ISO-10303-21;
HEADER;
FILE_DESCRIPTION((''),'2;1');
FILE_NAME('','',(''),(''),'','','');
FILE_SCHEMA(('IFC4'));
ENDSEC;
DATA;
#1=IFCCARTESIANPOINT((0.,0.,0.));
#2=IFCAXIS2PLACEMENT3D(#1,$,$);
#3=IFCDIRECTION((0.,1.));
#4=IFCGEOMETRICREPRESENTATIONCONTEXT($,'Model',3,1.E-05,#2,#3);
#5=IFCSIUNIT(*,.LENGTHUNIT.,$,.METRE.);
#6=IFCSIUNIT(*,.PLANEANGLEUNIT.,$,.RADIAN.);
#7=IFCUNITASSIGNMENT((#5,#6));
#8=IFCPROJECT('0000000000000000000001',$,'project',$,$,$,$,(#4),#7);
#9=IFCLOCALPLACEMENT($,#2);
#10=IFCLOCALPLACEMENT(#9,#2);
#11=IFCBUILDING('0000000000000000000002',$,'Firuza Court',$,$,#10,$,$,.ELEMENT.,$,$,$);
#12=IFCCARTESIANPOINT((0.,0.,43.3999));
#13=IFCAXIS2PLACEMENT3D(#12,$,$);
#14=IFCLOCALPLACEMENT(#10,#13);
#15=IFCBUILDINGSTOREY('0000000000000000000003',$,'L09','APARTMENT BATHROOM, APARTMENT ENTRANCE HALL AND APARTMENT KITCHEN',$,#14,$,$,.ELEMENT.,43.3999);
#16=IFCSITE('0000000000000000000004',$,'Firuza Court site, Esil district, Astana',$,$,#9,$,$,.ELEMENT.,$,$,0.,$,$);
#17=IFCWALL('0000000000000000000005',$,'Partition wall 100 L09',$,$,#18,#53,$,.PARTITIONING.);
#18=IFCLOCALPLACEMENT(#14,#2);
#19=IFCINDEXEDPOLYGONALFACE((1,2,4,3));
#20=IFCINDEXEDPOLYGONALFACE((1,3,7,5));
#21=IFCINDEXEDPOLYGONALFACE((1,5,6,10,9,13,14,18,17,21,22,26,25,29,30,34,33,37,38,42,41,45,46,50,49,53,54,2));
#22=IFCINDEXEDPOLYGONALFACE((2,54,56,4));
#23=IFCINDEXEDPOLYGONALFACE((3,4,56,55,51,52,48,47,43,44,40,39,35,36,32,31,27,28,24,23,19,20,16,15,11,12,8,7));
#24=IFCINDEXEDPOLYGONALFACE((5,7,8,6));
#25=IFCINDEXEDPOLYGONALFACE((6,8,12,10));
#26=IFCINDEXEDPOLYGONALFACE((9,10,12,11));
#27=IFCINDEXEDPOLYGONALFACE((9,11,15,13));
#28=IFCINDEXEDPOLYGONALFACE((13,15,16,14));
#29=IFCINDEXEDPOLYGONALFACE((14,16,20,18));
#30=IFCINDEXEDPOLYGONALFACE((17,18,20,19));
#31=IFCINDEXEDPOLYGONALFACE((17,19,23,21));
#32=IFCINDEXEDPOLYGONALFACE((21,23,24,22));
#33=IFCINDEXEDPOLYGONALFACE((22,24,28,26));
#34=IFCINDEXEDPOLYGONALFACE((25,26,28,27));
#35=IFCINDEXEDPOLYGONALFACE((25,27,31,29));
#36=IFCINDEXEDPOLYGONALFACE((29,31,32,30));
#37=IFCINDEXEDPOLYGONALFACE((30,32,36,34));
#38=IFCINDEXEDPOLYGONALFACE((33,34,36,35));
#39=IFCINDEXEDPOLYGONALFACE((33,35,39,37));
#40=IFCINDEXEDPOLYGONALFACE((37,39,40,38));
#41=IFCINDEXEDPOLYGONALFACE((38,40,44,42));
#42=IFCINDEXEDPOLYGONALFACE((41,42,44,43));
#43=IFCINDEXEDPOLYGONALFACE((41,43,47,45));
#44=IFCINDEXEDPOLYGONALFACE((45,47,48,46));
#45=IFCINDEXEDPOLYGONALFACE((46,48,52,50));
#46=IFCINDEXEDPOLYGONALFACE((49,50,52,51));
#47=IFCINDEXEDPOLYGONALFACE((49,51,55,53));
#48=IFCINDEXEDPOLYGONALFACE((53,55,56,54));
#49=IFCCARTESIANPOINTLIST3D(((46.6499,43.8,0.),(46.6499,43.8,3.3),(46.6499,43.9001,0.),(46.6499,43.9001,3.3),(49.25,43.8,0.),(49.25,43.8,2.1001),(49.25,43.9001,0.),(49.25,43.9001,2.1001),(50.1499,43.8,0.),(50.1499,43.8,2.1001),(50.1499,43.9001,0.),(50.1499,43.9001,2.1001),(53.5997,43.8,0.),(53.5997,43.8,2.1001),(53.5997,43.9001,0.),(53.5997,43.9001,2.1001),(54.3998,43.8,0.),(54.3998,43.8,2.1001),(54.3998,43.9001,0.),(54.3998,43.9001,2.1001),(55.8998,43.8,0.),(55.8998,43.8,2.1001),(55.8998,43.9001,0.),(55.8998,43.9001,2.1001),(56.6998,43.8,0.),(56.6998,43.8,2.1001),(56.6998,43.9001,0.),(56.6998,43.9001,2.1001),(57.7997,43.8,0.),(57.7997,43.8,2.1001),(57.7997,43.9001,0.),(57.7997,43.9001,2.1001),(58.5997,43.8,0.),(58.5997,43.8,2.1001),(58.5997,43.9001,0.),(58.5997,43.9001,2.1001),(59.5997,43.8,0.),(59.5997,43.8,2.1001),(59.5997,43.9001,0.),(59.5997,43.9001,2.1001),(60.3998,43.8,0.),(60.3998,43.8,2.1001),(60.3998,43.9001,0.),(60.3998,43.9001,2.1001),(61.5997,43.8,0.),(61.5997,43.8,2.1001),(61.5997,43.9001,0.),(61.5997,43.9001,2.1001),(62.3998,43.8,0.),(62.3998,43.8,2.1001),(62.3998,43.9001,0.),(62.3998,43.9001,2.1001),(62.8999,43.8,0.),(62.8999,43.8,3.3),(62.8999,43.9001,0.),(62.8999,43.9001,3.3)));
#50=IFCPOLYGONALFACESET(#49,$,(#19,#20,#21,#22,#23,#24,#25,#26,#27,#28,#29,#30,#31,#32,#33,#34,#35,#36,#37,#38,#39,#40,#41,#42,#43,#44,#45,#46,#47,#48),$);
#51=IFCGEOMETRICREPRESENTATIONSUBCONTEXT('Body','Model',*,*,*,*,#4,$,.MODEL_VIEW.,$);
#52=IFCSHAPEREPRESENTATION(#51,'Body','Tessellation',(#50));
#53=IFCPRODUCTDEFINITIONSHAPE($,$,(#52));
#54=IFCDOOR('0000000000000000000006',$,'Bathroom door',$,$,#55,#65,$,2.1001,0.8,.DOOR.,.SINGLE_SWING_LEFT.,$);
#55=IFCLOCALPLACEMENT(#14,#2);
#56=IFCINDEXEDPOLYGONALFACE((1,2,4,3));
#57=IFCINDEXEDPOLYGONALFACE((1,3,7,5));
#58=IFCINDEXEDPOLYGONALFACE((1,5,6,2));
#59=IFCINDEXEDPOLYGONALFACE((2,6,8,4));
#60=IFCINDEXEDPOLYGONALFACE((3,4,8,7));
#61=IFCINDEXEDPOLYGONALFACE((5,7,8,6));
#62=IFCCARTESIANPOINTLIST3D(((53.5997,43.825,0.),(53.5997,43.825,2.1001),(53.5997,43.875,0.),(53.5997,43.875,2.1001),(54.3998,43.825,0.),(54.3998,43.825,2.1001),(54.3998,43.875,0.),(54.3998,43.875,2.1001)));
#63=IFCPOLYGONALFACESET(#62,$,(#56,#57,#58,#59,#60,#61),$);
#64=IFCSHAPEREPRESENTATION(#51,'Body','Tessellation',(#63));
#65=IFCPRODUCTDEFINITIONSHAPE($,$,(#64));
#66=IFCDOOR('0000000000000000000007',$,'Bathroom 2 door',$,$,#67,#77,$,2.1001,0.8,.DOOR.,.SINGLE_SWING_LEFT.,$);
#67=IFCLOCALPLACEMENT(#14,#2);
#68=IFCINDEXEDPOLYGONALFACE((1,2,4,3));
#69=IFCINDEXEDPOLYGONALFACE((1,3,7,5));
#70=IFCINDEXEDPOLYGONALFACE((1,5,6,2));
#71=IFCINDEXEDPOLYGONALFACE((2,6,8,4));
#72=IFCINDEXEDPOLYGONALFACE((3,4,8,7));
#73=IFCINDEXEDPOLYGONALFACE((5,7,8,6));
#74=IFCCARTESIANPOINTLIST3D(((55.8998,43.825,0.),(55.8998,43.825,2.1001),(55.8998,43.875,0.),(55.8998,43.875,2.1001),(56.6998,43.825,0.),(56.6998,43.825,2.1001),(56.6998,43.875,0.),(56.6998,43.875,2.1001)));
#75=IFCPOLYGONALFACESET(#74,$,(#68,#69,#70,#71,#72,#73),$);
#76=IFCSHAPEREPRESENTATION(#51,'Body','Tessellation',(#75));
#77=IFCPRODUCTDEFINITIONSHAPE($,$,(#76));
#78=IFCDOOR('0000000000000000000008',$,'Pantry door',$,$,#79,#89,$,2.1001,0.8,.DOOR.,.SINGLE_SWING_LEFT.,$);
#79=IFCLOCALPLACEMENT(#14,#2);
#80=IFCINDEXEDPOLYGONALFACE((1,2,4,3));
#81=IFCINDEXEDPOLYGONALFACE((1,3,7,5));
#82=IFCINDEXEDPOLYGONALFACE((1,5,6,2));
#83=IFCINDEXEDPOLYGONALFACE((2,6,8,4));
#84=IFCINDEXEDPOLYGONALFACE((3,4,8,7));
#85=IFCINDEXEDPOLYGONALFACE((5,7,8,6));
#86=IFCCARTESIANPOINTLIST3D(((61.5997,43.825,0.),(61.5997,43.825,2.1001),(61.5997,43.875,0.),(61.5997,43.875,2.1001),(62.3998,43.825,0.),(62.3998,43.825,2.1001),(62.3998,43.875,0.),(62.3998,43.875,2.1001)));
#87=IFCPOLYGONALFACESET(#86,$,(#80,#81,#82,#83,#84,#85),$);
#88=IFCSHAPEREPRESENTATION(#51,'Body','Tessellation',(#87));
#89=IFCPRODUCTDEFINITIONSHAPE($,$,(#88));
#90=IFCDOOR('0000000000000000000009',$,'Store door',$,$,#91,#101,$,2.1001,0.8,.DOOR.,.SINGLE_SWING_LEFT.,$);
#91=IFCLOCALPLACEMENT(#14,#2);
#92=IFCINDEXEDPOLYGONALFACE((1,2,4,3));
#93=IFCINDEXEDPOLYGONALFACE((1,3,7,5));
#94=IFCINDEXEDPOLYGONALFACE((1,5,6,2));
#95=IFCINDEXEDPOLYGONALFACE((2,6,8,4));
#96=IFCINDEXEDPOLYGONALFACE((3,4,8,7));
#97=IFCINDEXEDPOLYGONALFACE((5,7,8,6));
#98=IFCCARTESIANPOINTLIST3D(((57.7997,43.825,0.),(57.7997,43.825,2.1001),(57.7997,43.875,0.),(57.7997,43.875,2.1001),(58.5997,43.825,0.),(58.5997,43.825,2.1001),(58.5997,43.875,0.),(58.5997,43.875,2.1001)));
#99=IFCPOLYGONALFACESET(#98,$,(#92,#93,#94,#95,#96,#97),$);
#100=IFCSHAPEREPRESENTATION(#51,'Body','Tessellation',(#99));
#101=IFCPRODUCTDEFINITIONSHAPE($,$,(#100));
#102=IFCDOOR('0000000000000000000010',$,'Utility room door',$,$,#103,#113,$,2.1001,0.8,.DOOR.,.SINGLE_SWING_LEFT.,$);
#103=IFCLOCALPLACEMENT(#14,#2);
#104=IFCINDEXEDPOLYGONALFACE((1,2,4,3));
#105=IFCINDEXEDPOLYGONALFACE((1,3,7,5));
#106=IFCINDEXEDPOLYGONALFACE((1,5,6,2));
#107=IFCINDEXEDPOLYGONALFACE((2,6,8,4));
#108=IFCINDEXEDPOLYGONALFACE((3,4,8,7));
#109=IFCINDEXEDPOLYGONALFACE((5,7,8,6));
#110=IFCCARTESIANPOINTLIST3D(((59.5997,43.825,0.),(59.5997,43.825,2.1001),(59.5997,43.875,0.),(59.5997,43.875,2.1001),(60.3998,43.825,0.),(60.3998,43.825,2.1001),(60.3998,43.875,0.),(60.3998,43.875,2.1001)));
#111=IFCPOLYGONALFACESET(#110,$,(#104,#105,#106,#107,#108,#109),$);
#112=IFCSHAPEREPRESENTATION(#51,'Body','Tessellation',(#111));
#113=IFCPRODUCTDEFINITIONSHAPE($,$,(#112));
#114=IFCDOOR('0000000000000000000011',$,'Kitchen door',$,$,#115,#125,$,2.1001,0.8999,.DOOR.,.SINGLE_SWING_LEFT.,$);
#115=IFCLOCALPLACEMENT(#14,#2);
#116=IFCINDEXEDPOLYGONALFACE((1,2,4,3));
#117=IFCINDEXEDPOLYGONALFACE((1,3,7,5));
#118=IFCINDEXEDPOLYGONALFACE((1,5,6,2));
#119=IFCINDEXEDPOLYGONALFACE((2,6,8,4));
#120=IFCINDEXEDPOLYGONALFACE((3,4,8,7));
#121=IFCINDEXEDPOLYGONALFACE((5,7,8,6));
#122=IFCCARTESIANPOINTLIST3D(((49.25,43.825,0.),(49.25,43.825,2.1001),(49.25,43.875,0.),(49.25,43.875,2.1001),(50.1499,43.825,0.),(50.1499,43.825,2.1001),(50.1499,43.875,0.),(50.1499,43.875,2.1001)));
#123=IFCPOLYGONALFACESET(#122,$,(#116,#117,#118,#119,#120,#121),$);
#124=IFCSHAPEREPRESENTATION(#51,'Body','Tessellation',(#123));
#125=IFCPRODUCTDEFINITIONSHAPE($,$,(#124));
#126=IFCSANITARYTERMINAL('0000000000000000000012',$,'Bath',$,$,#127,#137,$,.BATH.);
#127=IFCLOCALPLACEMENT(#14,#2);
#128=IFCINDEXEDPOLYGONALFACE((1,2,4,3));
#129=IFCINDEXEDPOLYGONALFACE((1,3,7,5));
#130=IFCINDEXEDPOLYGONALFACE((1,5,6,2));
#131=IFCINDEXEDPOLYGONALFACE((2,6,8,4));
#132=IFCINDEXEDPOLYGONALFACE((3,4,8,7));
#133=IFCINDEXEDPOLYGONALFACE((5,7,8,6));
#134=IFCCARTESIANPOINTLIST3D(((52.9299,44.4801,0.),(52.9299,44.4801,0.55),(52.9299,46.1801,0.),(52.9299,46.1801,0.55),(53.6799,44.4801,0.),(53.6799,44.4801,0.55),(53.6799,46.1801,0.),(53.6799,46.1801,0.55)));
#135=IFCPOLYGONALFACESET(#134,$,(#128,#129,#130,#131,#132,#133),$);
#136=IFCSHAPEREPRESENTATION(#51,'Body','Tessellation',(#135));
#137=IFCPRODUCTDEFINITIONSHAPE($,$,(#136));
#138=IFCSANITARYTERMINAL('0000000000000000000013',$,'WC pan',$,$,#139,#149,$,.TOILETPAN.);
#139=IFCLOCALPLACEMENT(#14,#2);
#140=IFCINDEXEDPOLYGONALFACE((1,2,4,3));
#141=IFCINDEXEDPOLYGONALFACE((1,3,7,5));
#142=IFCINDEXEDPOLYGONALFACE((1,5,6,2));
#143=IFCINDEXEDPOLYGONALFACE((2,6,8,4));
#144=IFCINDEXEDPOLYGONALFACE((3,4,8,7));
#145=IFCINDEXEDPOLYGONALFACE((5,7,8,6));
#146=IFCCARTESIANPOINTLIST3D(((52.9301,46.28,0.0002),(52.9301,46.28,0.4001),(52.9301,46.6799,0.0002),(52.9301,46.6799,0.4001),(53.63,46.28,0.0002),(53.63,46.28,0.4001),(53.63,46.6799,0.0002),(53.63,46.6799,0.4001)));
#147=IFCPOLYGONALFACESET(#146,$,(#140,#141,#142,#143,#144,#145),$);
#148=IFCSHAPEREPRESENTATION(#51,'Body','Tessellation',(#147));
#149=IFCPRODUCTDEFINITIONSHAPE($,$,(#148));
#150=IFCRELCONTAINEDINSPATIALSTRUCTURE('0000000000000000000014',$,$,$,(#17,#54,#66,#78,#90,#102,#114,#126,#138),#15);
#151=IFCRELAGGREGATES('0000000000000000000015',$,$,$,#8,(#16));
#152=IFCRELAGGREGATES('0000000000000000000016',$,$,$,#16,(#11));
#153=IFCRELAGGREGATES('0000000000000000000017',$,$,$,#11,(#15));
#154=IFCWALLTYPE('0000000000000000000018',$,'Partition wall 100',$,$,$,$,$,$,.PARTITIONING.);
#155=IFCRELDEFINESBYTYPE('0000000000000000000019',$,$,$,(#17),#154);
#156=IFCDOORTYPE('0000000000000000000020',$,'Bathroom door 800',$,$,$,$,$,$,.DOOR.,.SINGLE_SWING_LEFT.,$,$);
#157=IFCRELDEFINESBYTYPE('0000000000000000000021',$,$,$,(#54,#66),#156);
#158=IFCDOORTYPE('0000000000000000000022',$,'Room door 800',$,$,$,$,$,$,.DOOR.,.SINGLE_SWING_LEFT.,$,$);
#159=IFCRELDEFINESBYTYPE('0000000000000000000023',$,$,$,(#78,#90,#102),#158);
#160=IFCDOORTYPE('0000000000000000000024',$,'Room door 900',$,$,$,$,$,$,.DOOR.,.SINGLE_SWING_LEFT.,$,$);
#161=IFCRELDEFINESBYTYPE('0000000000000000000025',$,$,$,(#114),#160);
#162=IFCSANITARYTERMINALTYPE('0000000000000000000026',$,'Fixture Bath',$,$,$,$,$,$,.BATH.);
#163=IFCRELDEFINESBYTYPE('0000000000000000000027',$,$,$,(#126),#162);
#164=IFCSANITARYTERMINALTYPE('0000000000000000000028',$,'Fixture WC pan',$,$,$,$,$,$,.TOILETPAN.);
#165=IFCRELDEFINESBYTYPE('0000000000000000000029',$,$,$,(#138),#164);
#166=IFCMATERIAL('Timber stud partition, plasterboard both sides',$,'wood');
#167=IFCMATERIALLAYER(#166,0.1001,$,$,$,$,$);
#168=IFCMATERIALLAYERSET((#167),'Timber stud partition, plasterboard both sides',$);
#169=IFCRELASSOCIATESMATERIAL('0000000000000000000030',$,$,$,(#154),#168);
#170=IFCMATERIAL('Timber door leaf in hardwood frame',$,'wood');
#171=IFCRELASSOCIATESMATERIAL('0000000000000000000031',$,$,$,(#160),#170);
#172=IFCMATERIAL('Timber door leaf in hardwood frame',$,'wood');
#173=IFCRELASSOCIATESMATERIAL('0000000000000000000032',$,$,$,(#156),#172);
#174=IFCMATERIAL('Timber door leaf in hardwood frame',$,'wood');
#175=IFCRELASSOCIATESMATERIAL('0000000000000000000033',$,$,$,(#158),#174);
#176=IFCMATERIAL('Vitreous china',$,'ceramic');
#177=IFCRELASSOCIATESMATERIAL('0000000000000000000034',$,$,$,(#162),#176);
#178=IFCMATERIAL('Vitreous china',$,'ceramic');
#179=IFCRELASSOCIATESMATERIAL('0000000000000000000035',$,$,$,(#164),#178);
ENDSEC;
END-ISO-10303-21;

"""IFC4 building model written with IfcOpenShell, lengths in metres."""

from ifc_helpers import new_model, si_unit, direction, frame, frame_2d, origin, origin_2d, place, context, subcontext, project, spatial, rectangle, extrude, material, layer, layer_set, type_object, element, fill, save


model = new_model("IFC4")

# Units and contexts
model_context = context("Model", 3, precision=1e-05, world=origin(), true_north=direction((0.0, 1.0)))
body_context = subcontext(model_context, "Body", "Model", "MODEL_VIEW")
ifc_project = project(units=[si_unit("LENGTHUNIT", "METRE"), si_unit("PLANEANGLEUNIT", "RADIAN")], contexts=[model_context])

# Site, building, storey
site_placement = place(None, origin())
site = spatial("IfcSite", under=ifc_project, at=site_placement, Name="Firuza Court site, Esil district, Astana", CompositionType="ELEMENT", RefElevation=0.0)
building_placement = place(site_placement, origin())
building = spatial("IfcBuilding", under=site, at=building_placement, Name="Firuza Court", CompositionType="ELEMENT")
storey_placement = place(building_placement, frame((0.0, 0.0, 43.3999)))
storey = spatial("IfcBuildingStorey", under=building, at=storey_placement, Name="L09", Description="APARTMENT BATHROOM, APARTMENT ENTRANCE HALL AND APARTMENT KITCHEN", CompositionType="ELEMENT", Elevation=43.3999)

# Shared definitions
ifc_material_1 = material(Name="Timber stud partition, plasterboard both sides", Category="wood")
ifc_layer_1 = layer(ifc_material_1, 0.1001)
ifc_layer_set_1 = layer_set([ifc_layer_1], Name="Timber stud partition, plasterboard both sides")
wall_type_1 = type_object("IfcWallType", Name="Partition wall 100", PredefinedType="PARTITIONING", material=ifc_layer_set_1)

# Shared definitions
ifc_material_2 = material(Name="Timber door leaf in hardwood frame", Category="wood")
door_type_1 = type_object("IfcDoorType", Name="Room door 900", OperationType="SINGLE_SWING_LEFT", PredefinedType="DOOR", material=ifc_material_2)

# Wall, openings, doors
wall_1_placement = place(storey_placement, frame((46.6499, 43.8501, 0.0), z_axis=(0.0, 0.0, 1.0), x_axis=(1.0, 0.0, 0.0)))
wall_1 = element("IfcWall", 1, at=wall_1_placement, inside=storey, type_object=wall_type_1, Name="Partition wall 100 L09", PredefinedType="PARTITIONING", context=body_context, shape_type="SweptSolid", body=[
    extrude(rectangle(XDim=16.25, YDim=0.1001, at=frame_2d((8.125, 0.0))), origin(), (0.0, 0.0, 1.0), 3.3),
])
opening_1_placement = place(wall_1_placement, frame((6.95, 0.0, 0.0)))
opening_1 = element("IfcOpeningElement", 2, at=opening_1_placement, cuts=wall_1, PredefinedType="OPENING", context=body_context, shape_type="SweptSolid", body=[
    extrude(rectangle(XDim=0.8, YDim=2.1001, at=frame_2d((0.3999, 1.05))), frame((0.0, 0.062, 0.0), z_axis=(0.0, -1.0, 0.0), x_axis=(1.0, 0.0, 0.0)), (0.0, 0.0, 1.0), 0.124),
])
opening_2_placement = place(wall_1_placement, frame((9.25, 0.0, 0.0)))
opening_2 = element("IfcOpeningElement", 3, at=opening_2_placement, cuts=wall_1, PredefinedType="OPENING", context=body_context, shape_type="SweptSolid", body=[
    extrude(rectangle(XDim=0.8, YDim=2.1001, at=frame_2d((0.3999, 1.05))), frame((0.0, 0.062, 0.0), z_axis=(0.0, -1.0, 0.0), x_axis=(1.0, 0.0, 0.0)), (0.0, 0.0, 1.0), 0.124),
])
opening_3_placement = place(wall_1_placement, frame((2.6001, 0.0, 0.0)))
opening_3 = element("IfcOpeningElement", 4, at=opening_3_placement, cuts=wall_1, PredefinedType="OPENING", context=body_context, shape_type="SweptSolid", body=[
    extrude(rectangle(XDim=0.8999, YDim=2.1001, at=frame_2d((0.45, 1.05))), frame((0.0, 0.062, 0.0), z_axis=(0.0, -1.0, 0.0), x_axis=(1.0, 0.0, 0.0)), (0.0, 0.0, 1.0), 0.124),
])
opening_4_placement = place(wall_1_placement, frame((14.95, 0.0, 0.0)))
opening_4 = element("IfcOpeningElement", 5, at=opening_4_placement, cuts=wall_1, PredefinedType="OPENING", context=body_context, shape_type="SweptSolid", body=[
    extrude(rectangle(XDim=0.8, YDim=2.1001, at=frame_2d((0.3999, 1.05))), frame((0.0, 0.062, 0.0), z_axis=(0.0, -1.0, 0.0), x_axis=(1.0, 0.0, 0.0)), (0.0, 0.0, 1.0), 0.124),
])
opening_5_placement = place(wall_1_placement, frame((11.1499, 0.0, 0.0)))
opening_5 = element("IfcOpeningElement", 6, at=opening_5_placement, cuts=wall_1, PredefinedType="OPENING", context=body_context, shape_type="SweptSolid", body=[
    extrude(rectangle(XDim=0.8, YDim=2.1001, at=frame_2d((0.3999, 1.05))), frame((0.0, 0.062, 0.0), z_axis=(0.0, -1.0, 0.0), x_axis=(1.0, 0.0, 0.0)), (0.0, 0.0, 1.0), 0.124),
])
opening_6_placement = place(wall_1_placement, frame((12.95, 0.0, 0.0)))
opening_6 = element("IfcOpeningElement", 7, at=opening_6_placement, cuts=wall_1, PredefinedType="OPENING", context=body_context, shape_type="SweptSolid", body=[
    extrude(rectangle(XDim=0.8, YDim=2.1001, at=frame_2d((0.3999, 1.05))), frame((0.0, 0.062, 0.0), z_axis=(0.0, -1.0, 0.0), x_axis=(1.0, 0.0, 0.0)), (0.0, 0.0, 1.0), 0.124),
])
ifc_material_3 = material(Name="Timber door leaf in hardwood frame", Category="wood")
door_type_2 = type_object("IfcDoorType", Name="Bathroom door 800", OperationType="SINGLE_SWING_LEFT", PredefinedType="DOOR", material=ifc_material_3)
door_1_placement = place(opening_1_placement, origin())
door_1 = element("IfcDoor", 8, at=door_1_placement, inside=storey, type_object=door_type_2, Name="Bathroom door", OperationType="SINGLE_SWING_LEFT", OverallHeight=2.1001, OverallWidth=0.8, PredefinedType="DOOR", context=body_context, shape_type="SweptSolid", body=[
    extrude(rectangle(XDim=0.8, YDim=2.1001, at=frame_2d((0.3999, 1.05))), frame((0.0, 0.0249, 0.0), z_axis=(0.0, -1.0, 0.0), x_axis=(1.0, 0.0, 0.0)), (0.0, 0.0, 1.0), 0.05),
])
fill(opening_1, door_1)
door_2_placement = place(opening_2_placement, origin())
door_2 = element("IfcDoor", 9, at=door_2_placement, inside=storey, type_object=door_type_2, Name="Bathroom 2 door", OperationType="SINGLE_SWING_LEFT", OverallHeight=2.1001, OverallWidth=0.8, PredefinedType="DOOR", context=body_context, shape_type="SweptSolid", body=[
    extrude(rectangle(XDim=0.8, YDim=2.1001, at=frame_2d((0.3999, 1.05))), frame((0.0, 0.0249, 0.0), z_axis=(0.0, -1.0, 0.0), x_axis=(1.0, 0.0, 0.0)), (0.0, 0.0, 1.0), 0.05),
])
fill(opening_2, door_2)
ifc_material_4 = material(Name="Timber door leaf in hardwood frame", Category="wood")
door_type_3 = type_object("IfcDoorType", Name="Room door 800", OperationType="SINGLE_SWING_LEFT", PredefinedType="DOOR", material=ifc_material_4)
door_3_placement = place(opening_4_placement, origin())
door_3 = element("IfcDoor", 10, at=door_3_placement, inside=storey, type_object=door_type_3, Name="Pantry door", OperationType="SINGLE_SWING_LEFT", OverallHeight=2.1001, OverallWidth=0.8, PredefinedType="DOOR", context=body_context, shape_type="SweptSolid", body=[
    extrude(rectangle(XDim=0.8, YDim=2.1001, at=frame_2d((0.3999, 1.05))), frame((0.0, 0.0249, 0.0), z_axis=(0.0, -1.0, 0.0), x_axis=(1.0, 0.0, 0.0)), (0.0, 0.0, 1.0), 0.05),
])
fill(opening_4, door_3)
door_4_placement = place(opening_5_placement, origin())
door_4 = element("IfcDoor", 11, at=door_4_placement, inside=storey, type_object=door_type_3, Name="Store door", OperationType="SINGLE_SWING_LEFT", OverallHeight=2.1001, OverallWidth=0.8, PredefinedType="DOOR", context=body_context, shape_type="SweptSolid", body=[
    extrude(rectangle(XDim=0.8, YDim=2.1001, at=frame_2d((0.3999, 1.05))), frame((0.0, 0.0249, 0.0), z_axis=(0.0, -1.0, 0.0), x_axis=(1.0, 0.0, 0.0)), (0.0, 0.0, 1.0), 0.05),
])
fill(opening_5, door_4)
door_5_placement = place(opening_6_placement, origin())
door_5 = element("IfcDoor", 12, at=door_5_placement, inside=storey, type_object=door_type_3, Name="Utility room door", OperationType="SINGLE_SWING_LEFT", OverallHeight=2.1001, OverallWidth=0.8, PredefinedType="DOOR", context=body_context, shape_type="SweptSolid", body=[
    extrude(rectangle(XDim=0.8, YDim=2.1001, at=frame_2d((0.3999, 1.05))), frame((0.0, 0.0249, 0.0), z_axis=(0.0, -1.0, 0.0), x_axis=(1.0, 0.0, 0.0)), (0.0, 0.0, 1.0), 0.05),
])
fill(opening_6, door_5)
door_6_placement = place(opening_3_placement, origin())
door_6 = element("IfcDoor", 13, at=door_6_placement, inside=storey, type_object=door_type_1, Name="Kitchen door", OperationType="SINGLE_SWING_LEFT", OverallHeight=2.1001, OverallWidth=0.8999, PredefinedType="DOOR", context=body_context, shape_type="SweptSolid", body=[
    extrude(rectangle(XDim=0.8999, YDim=2.1001, at=frame_2d((0.45, 1.05))), frame((0.0, 0.0249, 0.0), z_axis=(0.0, -1.0, 0.0), x_axis=(1.0, 0.0, 0.0)), (0.0, 0.0, 1.0), 0.05),
])
fill(opening_3, door_6)

# Sanitary terminals
ifc_material_5 = material(Name="Vitreous china", Category="ceramic")
sanitary_terminal_type_1 = type_object("IfcSanitaryTerminalType", Name="Fixture Bath", PredefinedType="BATH", material=ifc_material_5)
sanitary_terminal_1_placement = place(storey_placement, frame((53.3049, 45.3301, 0.0), z_axis=(0.0, 0.0, 1.0), x_axis=(1.0, 0.0, 0.0)))
element("IfcSanitaryTerminal", 14, at=sanitary_terminal_1_placement, inside=storey, type_object=sanitary_terminal_type_1, Name="Bath", PredefinedType="BATH", context=body_context, shape_type="SweptSolid", body=[
    extrude(rectangle(XDim=0.75, YDim=1.7, at=origin_2d()), origin(), (0.0, 0.0, 1.0), 0.55),
])
ifc_material_6 = material(Name="Vitreous china", Category="ceramic")
sanitary_terminal_type_2 = type_object("IfcSanitaryTerminalType", Name="Fixture WC pan", PredefinedType="TOILETPAN", material=ifc_material_6)
sanitary_terminal_2_placement = place(storey_placement, frame((53.28, 46.48, 0.0002), z_axis=(0.0, 0.0, 1.0), x_axis=(1.0, 0.0, 0.0)))
element("IfcSanitaryTerminal", 15, at=sanitary_terminal_2_placement, inside=storey, type_object=sanitary_terminal_type_2, Name="WC pan", PredefinedType="TOILETPAN", context=body_context, shape_type="SweptSolid", body=[
    extrude(rectangle(XDim=0.7, YDim=0.3999, at=origin_2d()), origin(), (0.0, 0.0, 1.0), 0.3999),
])

save(model, "model.ifc")
